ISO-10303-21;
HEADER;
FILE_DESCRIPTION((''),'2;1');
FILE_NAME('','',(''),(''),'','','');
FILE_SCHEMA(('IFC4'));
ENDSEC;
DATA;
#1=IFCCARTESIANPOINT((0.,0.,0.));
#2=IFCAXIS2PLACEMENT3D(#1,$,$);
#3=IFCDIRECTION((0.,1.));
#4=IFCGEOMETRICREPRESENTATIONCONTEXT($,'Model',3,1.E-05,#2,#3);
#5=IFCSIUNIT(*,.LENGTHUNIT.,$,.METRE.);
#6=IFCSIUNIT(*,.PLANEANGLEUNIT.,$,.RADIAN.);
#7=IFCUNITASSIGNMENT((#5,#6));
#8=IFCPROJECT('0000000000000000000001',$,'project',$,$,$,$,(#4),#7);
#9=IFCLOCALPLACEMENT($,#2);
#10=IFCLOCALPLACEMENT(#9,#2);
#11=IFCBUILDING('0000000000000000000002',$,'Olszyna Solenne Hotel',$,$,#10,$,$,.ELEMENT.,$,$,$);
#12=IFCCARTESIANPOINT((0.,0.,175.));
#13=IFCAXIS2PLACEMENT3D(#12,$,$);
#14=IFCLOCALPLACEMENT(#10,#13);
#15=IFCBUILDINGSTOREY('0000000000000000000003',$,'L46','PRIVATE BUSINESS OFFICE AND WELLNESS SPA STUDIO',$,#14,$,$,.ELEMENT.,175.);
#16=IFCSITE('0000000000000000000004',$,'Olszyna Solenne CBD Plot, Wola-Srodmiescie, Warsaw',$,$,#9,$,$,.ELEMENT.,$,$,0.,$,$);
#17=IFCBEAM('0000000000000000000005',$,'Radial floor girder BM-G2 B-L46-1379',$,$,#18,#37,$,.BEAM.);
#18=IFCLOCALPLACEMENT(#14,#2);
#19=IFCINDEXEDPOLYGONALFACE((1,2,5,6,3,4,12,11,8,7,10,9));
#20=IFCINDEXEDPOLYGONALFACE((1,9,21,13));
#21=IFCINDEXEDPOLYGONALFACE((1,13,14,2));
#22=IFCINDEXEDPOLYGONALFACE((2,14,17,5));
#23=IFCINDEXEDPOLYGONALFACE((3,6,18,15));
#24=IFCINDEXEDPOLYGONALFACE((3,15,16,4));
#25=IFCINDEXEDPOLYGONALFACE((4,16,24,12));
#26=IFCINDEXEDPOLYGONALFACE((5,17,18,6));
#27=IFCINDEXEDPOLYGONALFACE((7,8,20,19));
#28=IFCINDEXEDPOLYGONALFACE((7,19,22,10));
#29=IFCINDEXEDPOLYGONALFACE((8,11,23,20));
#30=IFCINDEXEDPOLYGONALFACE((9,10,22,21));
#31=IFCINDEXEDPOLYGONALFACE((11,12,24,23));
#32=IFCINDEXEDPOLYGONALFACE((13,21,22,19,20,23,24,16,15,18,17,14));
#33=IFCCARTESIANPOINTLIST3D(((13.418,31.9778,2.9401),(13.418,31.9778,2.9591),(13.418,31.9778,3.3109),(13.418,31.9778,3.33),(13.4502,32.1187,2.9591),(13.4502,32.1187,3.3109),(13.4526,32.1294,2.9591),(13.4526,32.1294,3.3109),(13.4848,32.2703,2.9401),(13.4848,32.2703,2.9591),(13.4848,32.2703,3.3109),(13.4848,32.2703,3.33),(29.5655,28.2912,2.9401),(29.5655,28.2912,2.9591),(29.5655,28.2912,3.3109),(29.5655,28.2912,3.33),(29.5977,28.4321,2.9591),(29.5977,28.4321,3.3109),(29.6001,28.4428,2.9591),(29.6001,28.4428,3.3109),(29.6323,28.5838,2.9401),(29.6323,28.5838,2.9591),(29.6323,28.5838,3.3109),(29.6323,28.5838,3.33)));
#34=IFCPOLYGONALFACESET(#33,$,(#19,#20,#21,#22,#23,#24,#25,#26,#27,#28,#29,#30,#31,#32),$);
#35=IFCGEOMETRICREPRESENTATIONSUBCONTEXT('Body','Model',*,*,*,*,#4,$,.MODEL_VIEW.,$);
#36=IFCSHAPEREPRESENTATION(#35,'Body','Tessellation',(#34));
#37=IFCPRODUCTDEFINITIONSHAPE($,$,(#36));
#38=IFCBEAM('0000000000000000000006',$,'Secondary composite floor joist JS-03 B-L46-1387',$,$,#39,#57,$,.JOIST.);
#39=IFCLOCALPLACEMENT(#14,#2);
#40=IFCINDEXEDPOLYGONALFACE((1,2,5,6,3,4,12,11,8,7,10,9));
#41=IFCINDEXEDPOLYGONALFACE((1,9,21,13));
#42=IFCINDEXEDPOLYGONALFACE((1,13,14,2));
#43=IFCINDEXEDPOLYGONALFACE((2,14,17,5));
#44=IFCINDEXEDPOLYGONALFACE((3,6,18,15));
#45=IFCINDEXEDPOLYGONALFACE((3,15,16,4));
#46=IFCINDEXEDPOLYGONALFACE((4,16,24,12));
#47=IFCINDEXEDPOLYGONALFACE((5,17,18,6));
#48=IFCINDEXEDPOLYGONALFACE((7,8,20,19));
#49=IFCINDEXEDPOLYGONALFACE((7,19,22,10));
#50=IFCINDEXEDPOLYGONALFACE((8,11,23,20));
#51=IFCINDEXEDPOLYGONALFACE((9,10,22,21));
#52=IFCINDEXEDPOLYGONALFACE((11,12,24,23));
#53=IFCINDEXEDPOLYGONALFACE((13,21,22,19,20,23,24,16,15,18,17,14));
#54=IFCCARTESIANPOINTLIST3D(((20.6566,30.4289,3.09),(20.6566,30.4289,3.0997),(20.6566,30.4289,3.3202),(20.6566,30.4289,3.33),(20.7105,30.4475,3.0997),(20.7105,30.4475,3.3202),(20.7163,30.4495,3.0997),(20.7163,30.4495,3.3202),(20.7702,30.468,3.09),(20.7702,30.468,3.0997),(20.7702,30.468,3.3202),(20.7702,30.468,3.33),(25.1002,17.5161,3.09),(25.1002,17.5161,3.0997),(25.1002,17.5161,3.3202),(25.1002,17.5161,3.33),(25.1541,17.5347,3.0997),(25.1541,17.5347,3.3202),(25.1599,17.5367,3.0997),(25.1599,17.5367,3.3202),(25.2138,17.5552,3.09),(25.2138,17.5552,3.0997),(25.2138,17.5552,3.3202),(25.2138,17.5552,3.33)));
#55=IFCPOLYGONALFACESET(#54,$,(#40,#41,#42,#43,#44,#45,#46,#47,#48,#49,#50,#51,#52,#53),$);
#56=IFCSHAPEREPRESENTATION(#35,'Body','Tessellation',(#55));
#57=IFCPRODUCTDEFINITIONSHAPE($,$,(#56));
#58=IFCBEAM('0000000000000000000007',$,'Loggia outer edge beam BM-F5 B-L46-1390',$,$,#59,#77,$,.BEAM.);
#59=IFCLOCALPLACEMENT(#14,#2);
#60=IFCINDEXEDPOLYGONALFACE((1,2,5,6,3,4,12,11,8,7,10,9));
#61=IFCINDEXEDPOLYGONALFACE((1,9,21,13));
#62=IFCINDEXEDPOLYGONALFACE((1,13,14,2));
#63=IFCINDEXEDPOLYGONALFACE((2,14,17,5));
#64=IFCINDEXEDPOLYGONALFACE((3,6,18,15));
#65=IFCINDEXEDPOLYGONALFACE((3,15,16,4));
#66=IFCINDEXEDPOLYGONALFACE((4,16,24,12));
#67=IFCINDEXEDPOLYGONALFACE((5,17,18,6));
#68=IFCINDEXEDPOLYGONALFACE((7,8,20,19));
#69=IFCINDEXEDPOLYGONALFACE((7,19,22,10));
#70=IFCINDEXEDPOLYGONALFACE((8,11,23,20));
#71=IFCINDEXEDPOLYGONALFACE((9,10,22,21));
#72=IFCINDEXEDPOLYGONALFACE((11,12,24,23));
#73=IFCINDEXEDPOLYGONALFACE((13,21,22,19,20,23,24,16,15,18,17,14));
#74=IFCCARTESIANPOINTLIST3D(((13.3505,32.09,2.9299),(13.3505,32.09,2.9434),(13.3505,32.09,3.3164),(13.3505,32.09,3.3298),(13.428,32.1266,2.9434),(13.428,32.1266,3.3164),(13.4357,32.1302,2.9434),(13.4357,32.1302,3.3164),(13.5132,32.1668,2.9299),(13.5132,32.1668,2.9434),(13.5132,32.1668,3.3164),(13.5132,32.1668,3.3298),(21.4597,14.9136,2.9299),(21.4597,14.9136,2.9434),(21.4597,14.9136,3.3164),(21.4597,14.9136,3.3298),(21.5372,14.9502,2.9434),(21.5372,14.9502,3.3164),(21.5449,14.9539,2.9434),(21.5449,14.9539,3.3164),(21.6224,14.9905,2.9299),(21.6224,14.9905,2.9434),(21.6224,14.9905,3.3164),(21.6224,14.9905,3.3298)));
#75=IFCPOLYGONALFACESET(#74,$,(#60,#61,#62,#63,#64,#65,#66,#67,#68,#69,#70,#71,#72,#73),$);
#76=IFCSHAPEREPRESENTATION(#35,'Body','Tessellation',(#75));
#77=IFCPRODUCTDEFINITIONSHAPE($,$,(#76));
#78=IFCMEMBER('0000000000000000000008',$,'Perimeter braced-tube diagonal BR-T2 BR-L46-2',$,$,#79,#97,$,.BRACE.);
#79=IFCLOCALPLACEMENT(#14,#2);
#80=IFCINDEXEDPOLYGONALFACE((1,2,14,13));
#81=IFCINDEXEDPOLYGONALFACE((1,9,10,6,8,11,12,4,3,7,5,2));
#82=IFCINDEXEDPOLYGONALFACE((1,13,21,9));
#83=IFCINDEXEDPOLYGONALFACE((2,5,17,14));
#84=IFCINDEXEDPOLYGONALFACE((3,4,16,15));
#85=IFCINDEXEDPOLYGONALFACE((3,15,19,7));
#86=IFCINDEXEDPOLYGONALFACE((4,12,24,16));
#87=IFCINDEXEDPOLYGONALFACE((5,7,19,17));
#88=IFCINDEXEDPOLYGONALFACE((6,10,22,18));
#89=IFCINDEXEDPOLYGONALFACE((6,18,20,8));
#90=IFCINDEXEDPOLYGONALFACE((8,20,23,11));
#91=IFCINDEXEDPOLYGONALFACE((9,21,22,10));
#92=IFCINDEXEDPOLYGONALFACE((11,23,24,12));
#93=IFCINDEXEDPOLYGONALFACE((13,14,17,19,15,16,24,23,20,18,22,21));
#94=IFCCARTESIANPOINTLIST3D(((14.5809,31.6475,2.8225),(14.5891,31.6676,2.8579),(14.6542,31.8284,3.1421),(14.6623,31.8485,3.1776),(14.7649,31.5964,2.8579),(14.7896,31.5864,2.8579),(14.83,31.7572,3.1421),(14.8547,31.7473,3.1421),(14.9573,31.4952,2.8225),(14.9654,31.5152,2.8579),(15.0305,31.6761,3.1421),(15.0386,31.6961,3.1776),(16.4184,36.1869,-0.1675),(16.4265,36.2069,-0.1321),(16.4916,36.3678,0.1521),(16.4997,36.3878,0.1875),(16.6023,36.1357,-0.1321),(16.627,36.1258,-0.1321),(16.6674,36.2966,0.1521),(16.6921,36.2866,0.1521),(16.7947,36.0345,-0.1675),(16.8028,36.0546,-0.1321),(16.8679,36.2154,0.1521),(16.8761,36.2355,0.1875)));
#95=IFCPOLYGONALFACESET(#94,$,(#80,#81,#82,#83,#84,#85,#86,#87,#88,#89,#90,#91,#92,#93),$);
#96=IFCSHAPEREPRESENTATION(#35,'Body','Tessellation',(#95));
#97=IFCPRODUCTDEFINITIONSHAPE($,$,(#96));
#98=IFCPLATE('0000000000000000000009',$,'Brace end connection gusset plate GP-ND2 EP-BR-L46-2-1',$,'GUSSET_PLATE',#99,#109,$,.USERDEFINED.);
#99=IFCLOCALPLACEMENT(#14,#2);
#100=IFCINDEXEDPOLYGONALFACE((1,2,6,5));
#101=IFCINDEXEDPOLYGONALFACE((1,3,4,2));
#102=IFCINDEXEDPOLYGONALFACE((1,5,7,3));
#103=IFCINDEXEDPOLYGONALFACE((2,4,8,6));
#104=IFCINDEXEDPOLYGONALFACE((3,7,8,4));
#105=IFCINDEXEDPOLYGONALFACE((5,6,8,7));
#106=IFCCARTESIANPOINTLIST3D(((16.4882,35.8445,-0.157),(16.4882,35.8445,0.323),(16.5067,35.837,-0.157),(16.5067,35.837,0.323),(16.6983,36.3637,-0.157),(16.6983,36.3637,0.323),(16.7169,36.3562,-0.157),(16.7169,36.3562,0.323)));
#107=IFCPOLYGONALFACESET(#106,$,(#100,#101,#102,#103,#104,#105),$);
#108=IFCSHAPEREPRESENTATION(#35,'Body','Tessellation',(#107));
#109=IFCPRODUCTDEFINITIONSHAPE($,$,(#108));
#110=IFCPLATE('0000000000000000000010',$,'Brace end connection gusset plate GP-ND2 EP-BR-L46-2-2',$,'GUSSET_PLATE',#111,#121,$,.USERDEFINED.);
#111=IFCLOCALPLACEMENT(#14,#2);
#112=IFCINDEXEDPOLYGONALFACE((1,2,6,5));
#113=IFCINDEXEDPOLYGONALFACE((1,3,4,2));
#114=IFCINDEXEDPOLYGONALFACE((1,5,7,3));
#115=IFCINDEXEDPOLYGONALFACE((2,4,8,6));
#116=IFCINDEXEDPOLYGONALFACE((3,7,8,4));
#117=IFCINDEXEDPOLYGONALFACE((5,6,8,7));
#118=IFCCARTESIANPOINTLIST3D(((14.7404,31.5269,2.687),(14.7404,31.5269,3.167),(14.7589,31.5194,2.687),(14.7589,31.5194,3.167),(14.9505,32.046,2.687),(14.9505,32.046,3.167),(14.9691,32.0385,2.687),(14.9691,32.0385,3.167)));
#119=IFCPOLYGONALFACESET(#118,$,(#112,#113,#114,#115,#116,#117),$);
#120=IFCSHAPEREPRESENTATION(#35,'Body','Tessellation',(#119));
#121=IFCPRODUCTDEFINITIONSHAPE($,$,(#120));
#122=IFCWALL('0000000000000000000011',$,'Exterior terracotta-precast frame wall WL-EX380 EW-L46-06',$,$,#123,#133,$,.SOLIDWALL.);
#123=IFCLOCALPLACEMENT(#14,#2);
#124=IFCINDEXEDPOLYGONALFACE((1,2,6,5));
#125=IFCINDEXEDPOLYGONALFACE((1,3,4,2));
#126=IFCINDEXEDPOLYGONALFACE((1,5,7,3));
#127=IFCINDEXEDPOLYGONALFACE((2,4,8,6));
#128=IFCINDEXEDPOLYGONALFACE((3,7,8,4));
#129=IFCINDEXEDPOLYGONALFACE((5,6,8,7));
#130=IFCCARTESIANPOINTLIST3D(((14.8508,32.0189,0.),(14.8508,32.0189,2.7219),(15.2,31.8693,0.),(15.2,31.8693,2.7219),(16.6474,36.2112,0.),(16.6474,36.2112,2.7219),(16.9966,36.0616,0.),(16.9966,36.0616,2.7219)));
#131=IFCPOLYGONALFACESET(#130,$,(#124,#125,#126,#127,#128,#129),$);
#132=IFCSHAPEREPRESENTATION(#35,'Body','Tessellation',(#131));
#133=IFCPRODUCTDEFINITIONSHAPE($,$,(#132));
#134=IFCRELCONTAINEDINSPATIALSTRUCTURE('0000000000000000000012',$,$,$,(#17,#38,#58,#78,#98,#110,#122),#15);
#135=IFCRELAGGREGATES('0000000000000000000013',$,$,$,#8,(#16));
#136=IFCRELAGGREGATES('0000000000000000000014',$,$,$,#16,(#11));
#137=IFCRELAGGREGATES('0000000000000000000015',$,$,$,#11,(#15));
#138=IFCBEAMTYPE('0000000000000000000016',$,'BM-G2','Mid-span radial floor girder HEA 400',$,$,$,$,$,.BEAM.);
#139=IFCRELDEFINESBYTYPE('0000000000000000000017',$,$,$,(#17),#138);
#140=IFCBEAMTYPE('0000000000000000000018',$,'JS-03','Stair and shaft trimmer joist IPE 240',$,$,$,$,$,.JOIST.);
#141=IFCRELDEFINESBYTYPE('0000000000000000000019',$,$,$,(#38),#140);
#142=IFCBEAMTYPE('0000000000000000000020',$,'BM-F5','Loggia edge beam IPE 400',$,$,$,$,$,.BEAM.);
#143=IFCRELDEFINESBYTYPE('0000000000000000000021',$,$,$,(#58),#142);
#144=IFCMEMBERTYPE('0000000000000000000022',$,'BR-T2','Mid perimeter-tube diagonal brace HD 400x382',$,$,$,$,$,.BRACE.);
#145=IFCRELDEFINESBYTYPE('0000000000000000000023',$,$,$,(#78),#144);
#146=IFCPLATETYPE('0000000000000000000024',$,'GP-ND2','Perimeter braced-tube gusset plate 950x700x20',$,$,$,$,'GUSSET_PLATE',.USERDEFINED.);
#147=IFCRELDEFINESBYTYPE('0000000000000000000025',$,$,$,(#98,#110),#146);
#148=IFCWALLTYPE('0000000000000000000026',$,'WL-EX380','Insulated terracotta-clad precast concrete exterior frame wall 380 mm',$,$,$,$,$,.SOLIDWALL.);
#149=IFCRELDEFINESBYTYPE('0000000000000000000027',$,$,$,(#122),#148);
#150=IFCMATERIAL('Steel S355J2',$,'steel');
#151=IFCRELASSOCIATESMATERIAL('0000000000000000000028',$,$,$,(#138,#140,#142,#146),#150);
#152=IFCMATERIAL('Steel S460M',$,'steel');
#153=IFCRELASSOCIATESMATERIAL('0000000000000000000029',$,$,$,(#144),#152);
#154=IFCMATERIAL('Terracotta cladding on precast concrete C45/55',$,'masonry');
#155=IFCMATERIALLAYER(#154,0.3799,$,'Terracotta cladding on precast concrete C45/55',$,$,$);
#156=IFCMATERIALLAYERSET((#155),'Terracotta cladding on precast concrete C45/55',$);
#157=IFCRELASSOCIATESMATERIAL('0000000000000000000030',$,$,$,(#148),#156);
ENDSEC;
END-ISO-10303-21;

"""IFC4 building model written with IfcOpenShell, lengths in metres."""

from ifc_helpers import new_model, si_unit, direction, frame, frame_2d, origin, origin_2d, place, context, subcontext, project, spatial, rectangle, i_section, extrude, source, transform, mapped, material, layer, layer_set, material_profile, profile_set, type_object, element, save


model = new_model("IFC4")

# Units and contexts
model_context = context("Model", 3, precision=1e-05, world=origin(), true_north=direction((0.0, 1.0)))
body_context = subcontext(model_context, "Body", "Model", "MODEL_VIEW")
ifc_project = project(units=[si_unit("LENGTHUNIT", "METRE"), si_unit("PLANEANGLEUNIT", "RADIAN")], contexts=[model_context])

# Site, building, storey
site_placement = place(None, origin())
site = spatial("IfcSite", under=ifc_project, at=site_placement, Name="Olszyna Solenne CBD Plot, Wola-Srodmiescie, Warsaw", CompositionType="ELEMENT", RefElevation=0.0)
building_placement = place(site_placement, origin())
building = spatial("IfcBuilding", under=site, at=building_placement, Name="Olszyna Solenne Hotel", CompositionType="ELEMENT")
storey_placement = place(building_placement, frame((0.0, 0.0, 175.0)))
storey = spatial("IfcBuildingStorey", under=building, at=storey_placement, Name="L46", Description="PRIVATE BUSINESS OFFICE AND WELLNESS SPA STUDIO", CompositionType="ELEMENT", Elevation=175.0)

# Shared definitions
ifc_material_1 = material(Name="Steel S460M", Category="steel")

# Beams
ifc_material_2 = material(Name="Steel S355J2", Category="steel")
ifc_material_profile_1 = material_profile(ifc_material_2, i_section(OverallWidth=0.3, OverallDepth=0.3899, WebThickness=0.011, FlangeThickness=0.019, at=origin_2d()), Name="HEA 400", Category="load-bearing")
ifc_profile_set_1 = profile_set([ifc_material_profile_1], Name="Steel S355J2")
beam_type_1 = type_object("IfcBeamType", Name="BM-G2", Description="Mid-span radial floor girder HEA 400", PredefinedType="BEAM", material=ifc_profile_set_1)
shared_shape_1 = source(origin(), body_context, "Body", "SweptSolid", [
    extrude(i_section(OverallWidth=0.3, OverallDepth=0.3899, WebThickness=0.011, FlangeThickness=0.019, at=origin_2d()), origin(), (0.0, 0.0, 1.0), 16.563),
])
beam_1_placement = place(storey_placement, frame((13.4514, 32.124, 3.135), z_axis=(0.974915, -0.222577, 0.0), x_axis=(0.222577, 0.974915, 0.0)))
element("IfcBeam", 1, at=beam_1_placement, inside=storey, type_object=beam_type_1, Name="Radial floor girder BM-G2 B-L46-1379", PredefinedType="BEAM", context=body_context, shape_type="MappedRepresentation", body=[
    mapped(shared_shape_1, transform((0.0, 0.0, 0.0), x_axis=(1.0, 0.0, 0.0), y_axis=(0.0, 1.0, 0.0), z_axis=(0.0, 0.0, 1.0), scale=1.0)),
])
ifc_material_profile_2 = material_profile(ifc_material_2, i_section(OverallWidth=0.1201, OverallDepth=0.24, WebThickness=0.0061, FlangeThickness=0.0098, at=origin_2d()), Name="IPE 240", Category="load-bearing")
ifc_profile_set_2 = profile_set([ifc_material_profile_2], Name="Steel S355J2")
beam_type_2 = type_object("IfcBeamType", Name="JS-03", Description="Stair and shaft trimmer joist IPE 240", PredefinedType="JOIST", material=ifc_profile_set_2)
shared_shape_2 = source(origin(), body_context, "Body", "SweptSolid", [
    extrude(i_section(OverallWidth=0.1201, OverallDepth=0.24, WebThickness=0.0061, FlangeThickness=0.0098, at=origin_2d()), origin(), (0.0, 0.0, 1.0), 13.656),
])
beam_2_placement = place(storey_placement, frame((20.7134, 30.4485, 3.21), z_axis=(0.325395, -0.945578, 0.0), x_axis=(0.945578, 0.325395, 0.0)))
element("IfcBeam", 2, at=beam_2_placement, inside=storey, type_object=beam_type_2, Name="Secondary composite floor joist JS-03 B-L46-1387", PredefinedType="JOIST", context=body_context, shape_type="MappedRepresentation", body=[
    mapped(shared_shape_2, transform((0.0, 0.0, 0.0), x_axis=(1.0, 0.0, 0.0), y_axis=(0.0, 1.0, 0.0), z_axis=(0.0, 0.0, 1.0), scale=1.0)),
])
ifc_material_profile_3 = material_profile(ifc_material_2, i_section(OverallWidth=0.1799, OverallDepth=0.3999, WebThickness=0.0085, FlangeThickness=0.0134, at=origin_2d()), Name="IPE 400", Category="load-bearing")
ifc_profile_set_3 = profile_set([ifc_material_profile_3], Name="Steel S355J2")
beam_type_3 = type_object("IfcBeamType", Name="BM-F5", Description="Loggia edge beam IPE 400", PredefinedType="BEAM", material=ifc_profile_set_3)
shared_shape_3 = source(origin(), body_context, "Body", "SweptSolid", [
    extrude(i_section(OverallWidth=0.1799, OverallDepth=0.3999, WebThickness=0.0085, FlangeThickness=0.0134, at=origin_2d()), origin(), (0.0, 0.0, 1.0), 18.9944),
])
beam_3_placement = place(storey_placement, frame((13.4319, 32.1284, 3.1299), z_axis=(0.426925, -0.904287, 0.0), x_axis=(0.904287, 0.426925, 0.0)))
element("IfcBeam", 3, at=beam_3_placement, inside=storey, type_object=beam_type_3, Name="Loggia outer edge beam BM-F5 B-L46-1390", PredefinedType="BEAM", context=body_context, shape_type="MappedRepresentation", body=[
    mapped(shared_shape_3, transform((0.0, 0.0, 0.0), x_axis=(1.0, 0.0, 0.0), y_axis=(0.0, 1.0, 0.0), z_axis=(0.0, 0.0, 1.0), scale=1.0)),
])

# Member
ifc_material_profile_4 = material_profile(ifc_material_1, i_section(OverallWidth=0.406, OverallDepth=0.416, WebThickness=0.0266, FlangeThickness=0.0415, at=origin_2d()), Name="HD 400x382", Category="load-bearing")
ifc_profile_set_4 = profile_set([ifc_material_profile_4], Name="Steel S460M")
member_type = type_object("IfcMemberType", Name="BR-T2", Description="Mid perimeter-tube diagonal brace HD 400x382", PredefinedType="BRACE", material=ifc_profile_set_4)
shared_shape_4 = source(origin(), body_context, "Body", "SweptSolid", [
    extrude(i_section(OverallWidth=0.406, OverallDepth=0.416, WebThickness=0.0266, FlangeThickness=0.0415, at=origin_2d()), origin(), (0.0, 0.0, 1.0), 5.7378),
])
member_placement = place(storey_placement, frame((16.6472, 36.2112, 0.01), z_axis=(-0.320232, -0.791135, 0.521112), x_axis=(0.926942, -0.375204, 0.0)))
element("IfcMember", 4, at=member_placement, inside=storey, type_object=member_type, Name="Perimeter braced-tube diagonal BR-T2 BR-L46-2", PredefinedType="BRACE", context=body_context, shape_type="MappedRepresentation", body=[
    mapped(shared_shape_4, transform((0.0, 0.0, 0.0), x_axis=(1.0, 0.0, 0.0), y_axis=(0.0, 1.0, 0.0), z_axis=(0.0, 0.0, 1.0), scale=1.0)),
])

# Plates
plate_type = type_object("IfcPlateType", Name="GP-ND2", Description="Perimeter braced-tube gusset plate 950x700x20", ElementType="GUSSET_PLATE", PredefinedType="USERDEFINED", material=ifc_material_2)
shared_shape_5 = source(origin(), body_context, "Body", "SweptSolid", [
    extrude(rectangle(XDim=0.5601, YDim=0.02, at=origin_2d()), origin(), (0.0, 0.0, 1.0), 0.48),
])
for number, where, z_axis, x_axis, name in (
    (5, (16.6025, 36.1003, -0.157), (0.0, 0.0, 1.0), (-0.375254, -0.926922, 0.0), "Brace end connection gusset plate GP-ND2 EP-BR-L46-2-1"),
    (6, (14.8547, 31.7827, 2.687), (0.0, 0.0, 1.0), (-0.375254, -0.926922, 0.0), "Brace end connection gusset plate GP-ND2 EP-BR-L46-2-2"),
):
    element("IfcPlate", number, at=place(storey_placement, frame(where, z_axis=z_axis, x_axis=x_axis)), inside=storey, type_object=plate_type, Name=name, ObjectType="GUSSET_PLATE", PredefinedType="USERDEFINED", context=body_context, shape_type="MappedRepresentation", body=[
        mapped(shared_shape_5, transform((0.0, 0.0, 0.0), x_axis=(1.0, 0.0, 0.0), y_axis=(0.0, 1.0, 0.0), z_axis=(0.0, 0.0, 1.0), scale=1.0)),
    ])

# Wall
ifc_material_3 = material(Name="Terracotta cladding on precast concrete C45/55", Category="masonry")
ifc_layer_1 = layer(ifc_material_3, 0.3799, Name="Terracotta cladding on precast concrete C45/55")
ifc_layer_set_1 = layer_set([ifc_layer_1], Name="Terracotta cladding on precast concrete C45/55")
wall_type_1 = type_object("IfcWallType", Name="WL-EX380", Description="Insulated terracotta-clad precast concrete exterior frame wall 380 mm", PredefinedType="SOLIDWALL", material=ifc_layer_set_1)
wall_1_placement = place(storey_placement, frame((15.0254, 31.9441, 0.0), z_axis=(0.0, 0.0, 1.0), x_axis=(0.3939, 0.919153, 0.0)))
element("IfcWall", 7, at=wall_1_placement, inside=storey, type_object=wall_type_1, Name="Exterior terracotta-precast frame wall WL-EX380 EW-L46-06", PredefinedType="SOLIDWALL", context=body_context, shape_type="SweptSolid", body=[
    extrude(rectangle(XDim=4.561, YDim=0.3799, at=frame_2d((2.2805, 0.0))), origin(), (0.0, 0.0, 1.0), 2.7219),
])

save(model, "model.ifc")
